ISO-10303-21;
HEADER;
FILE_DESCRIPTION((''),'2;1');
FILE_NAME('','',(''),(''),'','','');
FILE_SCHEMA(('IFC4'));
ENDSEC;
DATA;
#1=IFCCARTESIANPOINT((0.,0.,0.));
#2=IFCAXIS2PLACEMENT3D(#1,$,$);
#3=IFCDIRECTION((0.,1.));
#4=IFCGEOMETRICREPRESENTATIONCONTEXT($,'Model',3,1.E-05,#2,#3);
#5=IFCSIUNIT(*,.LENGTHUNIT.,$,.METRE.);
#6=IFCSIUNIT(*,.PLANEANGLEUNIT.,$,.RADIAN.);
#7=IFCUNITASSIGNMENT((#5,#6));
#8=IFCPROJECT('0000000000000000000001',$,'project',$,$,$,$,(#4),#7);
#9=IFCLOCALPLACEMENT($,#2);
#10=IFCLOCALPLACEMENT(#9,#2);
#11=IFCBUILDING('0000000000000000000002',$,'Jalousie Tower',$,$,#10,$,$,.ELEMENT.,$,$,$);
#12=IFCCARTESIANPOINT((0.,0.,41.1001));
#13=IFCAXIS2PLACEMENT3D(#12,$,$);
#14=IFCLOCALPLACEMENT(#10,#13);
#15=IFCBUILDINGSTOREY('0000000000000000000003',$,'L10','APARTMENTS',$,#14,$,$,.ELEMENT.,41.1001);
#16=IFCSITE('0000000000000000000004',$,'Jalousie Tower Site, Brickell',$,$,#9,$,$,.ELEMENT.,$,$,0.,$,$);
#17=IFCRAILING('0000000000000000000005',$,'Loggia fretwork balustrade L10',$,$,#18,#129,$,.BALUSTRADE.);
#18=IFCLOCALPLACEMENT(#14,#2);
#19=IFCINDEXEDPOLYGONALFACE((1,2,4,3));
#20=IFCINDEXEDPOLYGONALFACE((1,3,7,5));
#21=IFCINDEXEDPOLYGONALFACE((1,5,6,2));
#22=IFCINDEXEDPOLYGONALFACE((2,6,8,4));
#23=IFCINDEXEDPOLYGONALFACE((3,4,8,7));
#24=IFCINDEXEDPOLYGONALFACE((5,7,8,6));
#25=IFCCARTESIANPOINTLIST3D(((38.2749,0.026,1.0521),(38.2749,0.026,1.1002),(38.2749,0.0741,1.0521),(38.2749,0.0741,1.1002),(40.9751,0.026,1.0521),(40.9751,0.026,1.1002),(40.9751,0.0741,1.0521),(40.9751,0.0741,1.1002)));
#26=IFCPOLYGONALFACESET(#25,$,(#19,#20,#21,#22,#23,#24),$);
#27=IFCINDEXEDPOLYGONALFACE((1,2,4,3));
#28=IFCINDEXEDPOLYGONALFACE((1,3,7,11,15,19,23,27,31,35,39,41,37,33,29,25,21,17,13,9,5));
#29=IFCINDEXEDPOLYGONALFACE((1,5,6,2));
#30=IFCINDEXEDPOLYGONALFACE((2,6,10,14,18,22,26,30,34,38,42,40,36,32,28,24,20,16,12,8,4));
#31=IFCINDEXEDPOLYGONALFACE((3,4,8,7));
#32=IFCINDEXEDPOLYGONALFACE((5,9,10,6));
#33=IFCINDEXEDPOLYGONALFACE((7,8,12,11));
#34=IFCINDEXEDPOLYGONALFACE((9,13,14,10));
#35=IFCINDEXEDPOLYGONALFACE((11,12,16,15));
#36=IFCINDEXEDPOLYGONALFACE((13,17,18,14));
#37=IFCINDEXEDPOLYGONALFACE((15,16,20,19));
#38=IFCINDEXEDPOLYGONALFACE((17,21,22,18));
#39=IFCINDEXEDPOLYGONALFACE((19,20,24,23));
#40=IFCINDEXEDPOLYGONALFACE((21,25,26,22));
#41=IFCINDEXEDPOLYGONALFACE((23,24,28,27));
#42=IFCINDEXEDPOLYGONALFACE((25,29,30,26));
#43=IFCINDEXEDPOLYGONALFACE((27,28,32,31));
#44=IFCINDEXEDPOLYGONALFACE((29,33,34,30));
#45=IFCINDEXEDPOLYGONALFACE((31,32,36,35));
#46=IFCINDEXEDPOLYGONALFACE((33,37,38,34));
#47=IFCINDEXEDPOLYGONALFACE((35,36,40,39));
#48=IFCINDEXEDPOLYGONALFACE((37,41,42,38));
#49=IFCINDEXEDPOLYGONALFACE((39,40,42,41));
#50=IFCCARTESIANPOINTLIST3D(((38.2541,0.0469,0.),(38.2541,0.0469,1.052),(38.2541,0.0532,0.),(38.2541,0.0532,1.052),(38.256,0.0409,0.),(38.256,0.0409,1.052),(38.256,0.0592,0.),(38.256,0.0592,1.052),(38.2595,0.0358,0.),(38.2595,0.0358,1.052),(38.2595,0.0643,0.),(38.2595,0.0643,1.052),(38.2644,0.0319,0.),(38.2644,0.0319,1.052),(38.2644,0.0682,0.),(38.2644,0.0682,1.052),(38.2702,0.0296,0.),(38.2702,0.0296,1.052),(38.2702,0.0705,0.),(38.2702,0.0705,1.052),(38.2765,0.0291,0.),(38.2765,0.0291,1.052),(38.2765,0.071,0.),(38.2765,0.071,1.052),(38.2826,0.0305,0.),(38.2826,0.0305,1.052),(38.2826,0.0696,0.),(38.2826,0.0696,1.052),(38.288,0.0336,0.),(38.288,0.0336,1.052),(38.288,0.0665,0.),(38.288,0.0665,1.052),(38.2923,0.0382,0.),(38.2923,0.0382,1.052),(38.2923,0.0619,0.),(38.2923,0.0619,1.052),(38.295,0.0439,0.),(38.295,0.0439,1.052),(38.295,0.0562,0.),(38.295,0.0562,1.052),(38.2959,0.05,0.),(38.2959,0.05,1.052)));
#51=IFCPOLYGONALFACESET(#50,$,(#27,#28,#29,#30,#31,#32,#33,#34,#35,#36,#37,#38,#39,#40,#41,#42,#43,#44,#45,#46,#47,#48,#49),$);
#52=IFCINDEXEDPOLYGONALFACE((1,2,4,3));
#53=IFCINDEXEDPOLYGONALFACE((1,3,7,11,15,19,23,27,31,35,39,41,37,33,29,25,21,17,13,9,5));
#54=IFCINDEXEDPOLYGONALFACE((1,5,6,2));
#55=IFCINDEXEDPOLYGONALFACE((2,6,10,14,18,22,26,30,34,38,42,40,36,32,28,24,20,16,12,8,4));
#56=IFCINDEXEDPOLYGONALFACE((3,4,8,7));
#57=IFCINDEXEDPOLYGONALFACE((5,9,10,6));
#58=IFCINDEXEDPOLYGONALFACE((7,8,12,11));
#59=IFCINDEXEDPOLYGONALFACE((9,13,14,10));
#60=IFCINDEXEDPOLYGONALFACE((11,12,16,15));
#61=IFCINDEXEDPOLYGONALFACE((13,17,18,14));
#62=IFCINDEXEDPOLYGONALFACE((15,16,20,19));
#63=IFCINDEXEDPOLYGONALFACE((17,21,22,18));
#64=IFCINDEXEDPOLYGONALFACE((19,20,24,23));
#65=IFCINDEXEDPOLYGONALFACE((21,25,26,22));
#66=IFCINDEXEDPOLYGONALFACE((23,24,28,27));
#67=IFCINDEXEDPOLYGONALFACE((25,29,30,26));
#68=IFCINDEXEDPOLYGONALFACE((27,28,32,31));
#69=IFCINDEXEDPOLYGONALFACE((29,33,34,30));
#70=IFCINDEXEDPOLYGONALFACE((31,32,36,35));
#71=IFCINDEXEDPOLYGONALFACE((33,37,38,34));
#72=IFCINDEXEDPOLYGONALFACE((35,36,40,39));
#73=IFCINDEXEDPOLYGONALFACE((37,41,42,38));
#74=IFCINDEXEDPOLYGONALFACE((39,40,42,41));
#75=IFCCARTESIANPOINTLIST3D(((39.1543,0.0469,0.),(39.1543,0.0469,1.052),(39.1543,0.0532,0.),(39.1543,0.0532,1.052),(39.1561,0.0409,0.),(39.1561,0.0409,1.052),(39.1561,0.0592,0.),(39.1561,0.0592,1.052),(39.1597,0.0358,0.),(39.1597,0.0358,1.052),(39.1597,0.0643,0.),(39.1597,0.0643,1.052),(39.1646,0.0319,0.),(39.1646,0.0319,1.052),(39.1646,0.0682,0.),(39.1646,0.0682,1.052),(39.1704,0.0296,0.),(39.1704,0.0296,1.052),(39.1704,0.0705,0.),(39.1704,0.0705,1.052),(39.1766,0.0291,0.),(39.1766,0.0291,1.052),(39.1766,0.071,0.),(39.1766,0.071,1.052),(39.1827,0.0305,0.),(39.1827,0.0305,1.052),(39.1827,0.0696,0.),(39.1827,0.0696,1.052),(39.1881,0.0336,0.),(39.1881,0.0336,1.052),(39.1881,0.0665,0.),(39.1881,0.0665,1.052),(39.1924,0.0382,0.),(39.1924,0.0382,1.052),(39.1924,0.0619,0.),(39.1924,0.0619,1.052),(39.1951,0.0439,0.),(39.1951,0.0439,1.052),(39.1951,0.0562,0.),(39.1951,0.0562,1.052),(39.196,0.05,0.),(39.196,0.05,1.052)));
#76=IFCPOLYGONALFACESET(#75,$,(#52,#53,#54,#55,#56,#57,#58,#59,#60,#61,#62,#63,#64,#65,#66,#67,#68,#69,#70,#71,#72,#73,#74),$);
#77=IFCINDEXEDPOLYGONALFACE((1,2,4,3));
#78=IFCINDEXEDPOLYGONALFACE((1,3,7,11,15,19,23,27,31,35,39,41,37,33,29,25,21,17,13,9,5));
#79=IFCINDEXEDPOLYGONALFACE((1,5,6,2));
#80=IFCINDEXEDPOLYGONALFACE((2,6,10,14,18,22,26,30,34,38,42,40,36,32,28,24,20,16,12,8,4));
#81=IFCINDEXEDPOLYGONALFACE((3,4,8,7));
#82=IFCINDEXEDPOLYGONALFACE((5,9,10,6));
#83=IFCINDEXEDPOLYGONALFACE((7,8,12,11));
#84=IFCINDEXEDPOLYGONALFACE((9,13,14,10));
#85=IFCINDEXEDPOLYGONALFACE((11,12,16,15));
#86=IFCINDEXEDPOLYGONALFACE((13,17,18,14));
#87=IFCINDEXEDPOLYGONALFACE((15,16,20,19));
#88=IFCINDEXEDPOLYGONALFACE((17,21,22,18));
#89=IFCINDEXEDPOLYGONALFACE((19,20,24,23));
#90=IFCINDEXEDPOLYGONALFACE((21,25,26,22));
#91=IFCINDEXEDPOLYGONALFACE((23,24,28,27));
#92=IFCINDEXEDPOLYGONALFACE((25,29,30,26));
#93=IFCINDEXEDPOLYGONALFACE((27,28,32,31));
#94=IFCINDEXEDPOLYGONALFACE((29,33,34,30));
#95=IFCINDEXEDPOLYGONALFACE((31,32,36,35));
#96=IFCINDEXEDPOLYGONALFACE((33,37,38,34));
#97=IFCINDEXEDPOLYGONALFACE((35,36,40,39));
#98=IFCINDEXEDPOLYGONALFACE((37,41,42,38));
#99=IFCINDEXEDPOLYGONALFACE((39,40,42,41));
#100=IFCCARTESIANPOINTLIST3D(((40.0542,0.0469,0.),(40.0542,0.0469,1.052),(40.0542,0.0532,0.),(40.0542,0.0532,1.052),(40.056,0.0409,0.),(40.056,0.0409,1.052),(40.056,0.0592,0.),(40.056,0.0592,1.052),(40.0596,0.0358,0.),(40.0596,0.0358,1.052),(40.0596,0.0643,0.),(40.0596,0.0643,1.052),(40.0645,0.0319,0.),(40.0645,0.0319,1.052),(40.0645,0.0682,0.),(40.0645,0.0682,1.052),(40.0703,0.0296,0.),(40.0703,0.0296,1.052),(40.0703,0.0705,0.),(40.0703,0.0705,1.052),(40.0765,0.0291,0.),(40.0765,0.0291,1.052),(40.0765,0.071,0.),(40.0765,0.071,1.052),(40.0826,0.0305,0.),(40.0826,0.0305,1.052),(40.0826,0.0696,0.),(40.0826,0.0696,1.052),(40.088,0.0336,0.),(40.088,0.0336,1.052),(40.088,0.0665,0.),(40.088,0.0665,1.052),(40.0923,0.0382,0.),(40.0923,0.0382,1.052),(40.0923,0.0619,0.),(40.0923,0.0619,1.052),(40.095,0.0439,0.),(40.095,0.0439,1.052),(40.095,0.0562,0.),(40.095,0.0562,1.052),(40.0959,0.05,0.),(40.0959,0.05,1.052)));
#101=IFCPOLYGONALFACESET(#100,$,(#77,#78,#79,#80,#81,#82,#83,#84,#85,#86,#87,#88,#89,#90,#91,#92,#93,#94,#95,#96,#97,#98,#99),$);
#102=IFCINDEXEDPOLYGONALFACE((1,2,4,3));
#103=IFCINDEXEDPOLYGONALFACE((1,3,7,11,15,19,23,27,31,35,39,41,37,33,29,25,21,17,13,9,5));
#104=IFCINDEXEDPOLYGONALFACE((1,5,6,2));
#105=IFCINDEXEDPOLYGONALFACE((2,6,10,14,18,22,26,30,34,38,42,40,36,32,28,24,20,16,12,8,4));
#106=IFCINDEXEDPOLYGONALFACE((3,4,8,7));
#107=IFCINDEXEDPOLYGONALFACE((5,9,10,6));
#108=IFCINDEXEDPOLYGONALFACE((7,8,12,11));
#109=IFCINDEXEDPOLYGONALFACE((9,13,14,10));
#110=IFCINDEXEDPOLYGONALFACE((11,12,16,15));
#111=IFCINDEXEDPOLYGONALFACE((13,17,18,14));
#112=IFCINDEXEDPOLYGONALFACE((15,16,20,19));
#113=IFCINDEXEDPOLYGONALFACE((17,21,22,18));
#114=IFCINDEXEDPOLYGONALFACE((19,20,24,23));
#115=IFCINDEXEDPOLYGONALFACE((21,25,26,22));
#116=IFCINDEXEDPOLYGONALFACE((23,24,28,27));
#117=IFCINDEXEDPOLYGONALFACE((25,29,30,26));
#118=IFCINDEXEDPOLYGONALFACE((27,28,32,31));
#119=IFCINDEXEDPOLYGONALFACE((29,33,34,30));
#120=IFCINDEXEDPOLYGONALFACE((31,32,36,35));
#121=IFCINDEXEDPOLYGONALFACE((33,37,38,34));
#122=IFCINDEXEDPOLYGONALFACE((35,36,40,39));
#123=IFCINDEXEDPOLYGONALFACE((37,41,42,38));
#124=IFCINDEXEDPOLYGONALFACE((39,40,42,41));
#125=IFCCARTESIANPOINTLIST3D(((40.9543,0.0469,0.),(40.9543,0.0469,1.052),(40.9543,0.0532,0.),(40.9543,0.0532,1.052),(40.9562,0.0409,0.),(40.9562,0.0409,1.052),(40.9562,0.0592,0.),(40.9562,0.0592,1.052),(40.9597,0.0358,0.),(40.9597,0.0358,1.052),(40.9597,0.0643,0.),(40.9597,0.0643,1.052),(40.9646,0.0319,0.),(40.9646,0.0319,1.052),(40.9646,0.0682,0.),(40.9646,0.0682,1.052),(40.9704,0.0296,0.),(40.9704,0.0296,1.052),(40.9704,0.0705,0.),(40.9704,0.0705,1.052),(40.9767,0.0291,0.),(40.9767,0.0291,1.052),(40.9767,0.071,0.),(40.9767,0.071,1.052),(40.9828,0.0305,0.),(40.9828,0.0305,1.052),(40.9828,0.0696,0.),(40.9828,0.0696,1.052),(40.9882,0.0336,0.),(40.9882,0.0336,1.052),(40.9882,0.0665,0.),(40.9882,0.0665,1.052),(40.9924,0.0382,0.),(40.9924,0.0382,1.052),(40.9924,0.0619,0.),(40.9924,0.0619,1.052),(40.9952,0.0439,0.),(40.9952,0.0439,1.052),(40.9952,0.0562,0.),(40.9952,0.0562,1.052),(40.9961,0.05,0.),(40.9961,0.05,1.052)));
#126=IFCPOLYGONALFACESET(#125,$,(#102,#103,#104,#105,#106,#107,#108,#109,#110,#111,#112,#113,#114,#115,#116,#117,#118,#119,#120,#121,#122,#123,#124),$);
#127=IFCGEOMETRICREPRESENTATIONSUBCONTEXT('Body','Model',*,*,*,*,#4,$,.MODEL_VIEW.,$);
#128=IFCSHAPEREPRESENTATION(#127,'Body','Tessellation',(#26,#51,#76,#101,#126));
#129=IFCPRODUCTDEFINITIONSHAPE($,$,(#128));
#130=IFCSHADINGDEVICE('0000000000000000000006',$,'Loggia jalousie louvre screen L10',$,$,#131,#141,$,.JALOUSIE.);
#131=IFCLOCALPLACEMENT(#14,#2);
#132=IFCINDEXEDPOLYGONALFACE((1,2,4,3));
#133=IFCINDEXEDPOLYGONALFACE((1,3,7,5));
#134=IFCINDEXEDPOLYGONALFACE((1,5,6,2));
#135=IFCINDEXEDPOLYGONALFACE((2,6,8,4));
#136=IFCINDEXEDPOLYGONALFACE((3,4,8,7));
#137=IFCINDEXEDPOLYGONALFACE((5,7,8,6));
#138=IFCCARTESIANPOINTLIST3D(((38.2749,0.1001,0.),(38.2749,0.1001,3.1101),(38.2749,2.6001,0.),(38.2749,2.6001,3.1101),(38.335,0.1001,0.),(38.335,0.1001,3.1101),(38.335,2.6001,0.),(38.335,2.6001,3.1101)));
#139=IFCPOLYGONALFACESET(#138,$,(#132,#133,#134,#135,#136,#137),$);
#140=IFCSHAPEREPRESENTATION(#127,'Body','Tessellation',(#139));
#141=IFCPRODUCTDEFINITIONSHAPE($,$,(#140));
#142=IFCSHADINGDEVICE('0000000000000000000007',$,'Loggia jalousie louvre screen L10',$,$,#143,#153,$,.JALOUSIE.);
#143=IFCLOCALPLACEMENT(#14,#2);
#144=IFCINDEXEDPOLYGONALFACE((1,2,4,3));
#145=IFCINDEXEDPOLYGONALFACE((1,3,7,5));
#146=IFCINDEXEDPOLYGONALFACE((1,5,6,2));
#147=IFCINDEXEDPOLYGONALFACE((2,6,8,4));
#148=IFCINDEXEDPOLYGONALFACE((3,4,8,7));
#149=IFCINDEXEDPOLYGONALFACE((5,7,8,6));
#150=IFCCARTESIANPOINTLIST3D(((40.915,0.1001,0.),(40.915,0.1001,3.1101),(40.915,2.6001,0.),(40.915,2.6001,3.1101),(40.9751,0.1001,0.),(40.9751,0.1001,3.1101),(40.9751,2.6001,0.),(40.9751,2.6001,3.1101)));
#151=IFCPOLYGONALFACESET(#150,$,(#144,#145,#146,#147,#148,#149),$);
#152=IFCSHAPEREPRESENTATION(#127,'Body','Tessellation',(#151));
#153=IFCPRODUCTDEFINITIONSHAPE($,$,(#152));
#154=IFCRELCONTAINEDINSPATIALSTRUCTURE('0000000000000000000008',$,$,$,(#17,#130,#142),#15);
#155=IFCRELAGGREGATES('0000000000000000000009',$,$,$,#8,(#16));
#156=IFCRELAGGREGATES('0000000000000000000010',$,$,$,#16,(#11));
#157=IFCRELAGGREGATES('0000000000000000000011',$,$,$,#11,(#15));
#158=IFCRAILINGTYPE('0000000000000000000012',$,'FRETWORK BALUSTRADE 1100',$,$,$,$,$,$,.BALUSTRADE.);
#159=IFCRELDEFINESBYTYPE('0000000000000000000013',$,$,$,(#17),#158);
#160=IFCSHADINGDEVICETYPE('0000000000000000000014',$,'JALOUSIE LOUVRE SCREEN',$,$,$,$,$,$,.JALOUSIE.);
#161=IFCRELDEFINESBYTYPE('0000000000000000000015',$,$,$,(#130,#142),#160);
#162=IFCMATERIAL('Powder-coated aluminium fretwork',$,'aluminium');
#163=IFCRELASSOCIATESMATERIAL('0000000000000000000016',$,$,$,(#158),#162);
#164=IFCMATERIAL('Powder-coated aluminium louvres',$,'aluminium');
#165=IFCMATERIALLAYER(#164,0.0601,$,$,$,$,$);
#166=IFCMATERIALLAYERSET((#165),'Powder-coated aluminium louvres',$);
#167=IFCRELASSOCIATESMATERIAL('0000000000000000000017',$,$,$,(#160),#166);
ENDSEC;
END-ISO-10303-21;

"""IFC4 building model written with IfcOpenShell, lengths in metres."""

from ifc_helpers import new_model, si_unit, direction, frame, origin, origin_2d, place, context, subcontext, project, spatial, rectangle, circle, extrude, material, layer, layer_set, type_object, element, save


model = new_model("IFC4")

# Units and contexts
model_context = context("Model", 3, precision=1e-05, world=origin(), true_north=direction((0.0, 1.0)))
body_context = subcontext(model_context, "Body", "Model", "MODEL_VIEW")
ifc_project = project(units=[si_unit("LENGTHUNIT", "METRE"), si_unit("PLANEANGLEUNIT", "RADIAN")], contexts=[model_context])

# Site, building, storey
site_placement = place(None, origin())
site = spatial("IfcSite", under=ifc_project, at=site_placement, Name="Jalousie Tower Site, Brickell", CompositionType="ELEMENT", RefElevation=0.0)
building_placement = place(site_placement, origin())
building = spatial("IfcBuilding", under=site, at=building_placement, Name="Jalousie Tower", CompositionType="ELEMENT")
storey_placement = place(building_placement, frame((0.0, 0.0, 41.1001)))
storey = spatial("IfcBuildingStorey", under=building, at=storey_placement, Name="L10", Description="APARTMENTS", CompositionType="ELEMENT", Elevation=41.1001)

# Railing
ifc_material_1 = material(Name="Powder-coated aluminium fretwork", Category="aluminium")
railing_type = type_object("IfcRailingType", Name="FRETWORK BALUSTRADE 1100", PredefinedType="BALUSTRADE", material=ifc_material_1)
railing_placement = place(storey_placement, frame((38.2749, 0.05, 0.0)))
element("IfcRailing", 1, at=railing_placement, inside=storey, type_object=railing_type, Name="Loggia fretwork balustrade L10", PredefinedType="BALUSTRADE", context=body_context, shape_type="SweptSolid", body=[
    extrude(rectangle(XDim=0.0481, YDim=0.0481, at=origin_2d()), frame((0.0, 0.0, 1.0762), z_axis=(1.0, 0.0, 0.0), x_axis=(0.0, 1.0, 0.0)), (0.0, 0.0, 1.0), 2.7002),
    extrude(circle(Radius=0.021, at=origin_2d()), origin(), (0.0, 0.0, 1.0), 1.052),
    extrude(circle(Radius=0.021, at=origin_2d()), frame((0.9001, 0.0, 0.0)), (0.0, 0.0, 1.0), 1.052),
    extrude(circle(Radius=0.021, at=origin_2d()), frame((1.8, 0.0, 0.0)), (0.0, 0.0, 1.0), 1.052),
    extrude(circle(Radius=0.021, at=origin_2d()), frame((2.7002, 0.0, 0.0)), (0.0, 0.0, 1.0), 1.052),
])

# Shading devices
ifc_material_2 = material(Name="Powder-coated aluminium louvres", Category="aluminium")
ifc_layer_1 = layer(ifc_material_2, 0.0601)
ifc_layer_set_1 = layer_set([ifc_layer_1], Name="Powder-coated aluminium louvres")
shading_device_type_1 = type_object("IfcShadingDeviceType", Name="JALOUSIE LOUVRE SCREEN", PredefinedType="JALOUSIE", material=ifc_layer_set_1)
for number, where, z_axis, x_axis, name in (
    (2, (38.3049, 1.3501, 0.0), (0.0, 0.0, 1.0), (1.0, 0.0, 0.0), "Loggia jalousie louvre screen L10"),
    (3, (40.9451, 1.3501, 0.0), (0.0, 0.0, 1.0), (1.0, 0.0, 0.0), "Loggia jalousie louvre screen L10"),
):
    element("IfcShadingDevice", number, at=place(storey_placement, frame(where, z_axis=z_axis, x_axis=x_axis)), inside=storey, type_object=shading_device_type_1, Name=name, PredefinedType="JALOUSIE", context=body_context, shape_type="SweptSolid", body=[
        extrude(rectangle(XDim=0.0601, YDim=2.5, at=origin_2d()), origin(), (0.0, 0.0, 1.0), 3.1101),
    ])

save(model, "model.ifc")
